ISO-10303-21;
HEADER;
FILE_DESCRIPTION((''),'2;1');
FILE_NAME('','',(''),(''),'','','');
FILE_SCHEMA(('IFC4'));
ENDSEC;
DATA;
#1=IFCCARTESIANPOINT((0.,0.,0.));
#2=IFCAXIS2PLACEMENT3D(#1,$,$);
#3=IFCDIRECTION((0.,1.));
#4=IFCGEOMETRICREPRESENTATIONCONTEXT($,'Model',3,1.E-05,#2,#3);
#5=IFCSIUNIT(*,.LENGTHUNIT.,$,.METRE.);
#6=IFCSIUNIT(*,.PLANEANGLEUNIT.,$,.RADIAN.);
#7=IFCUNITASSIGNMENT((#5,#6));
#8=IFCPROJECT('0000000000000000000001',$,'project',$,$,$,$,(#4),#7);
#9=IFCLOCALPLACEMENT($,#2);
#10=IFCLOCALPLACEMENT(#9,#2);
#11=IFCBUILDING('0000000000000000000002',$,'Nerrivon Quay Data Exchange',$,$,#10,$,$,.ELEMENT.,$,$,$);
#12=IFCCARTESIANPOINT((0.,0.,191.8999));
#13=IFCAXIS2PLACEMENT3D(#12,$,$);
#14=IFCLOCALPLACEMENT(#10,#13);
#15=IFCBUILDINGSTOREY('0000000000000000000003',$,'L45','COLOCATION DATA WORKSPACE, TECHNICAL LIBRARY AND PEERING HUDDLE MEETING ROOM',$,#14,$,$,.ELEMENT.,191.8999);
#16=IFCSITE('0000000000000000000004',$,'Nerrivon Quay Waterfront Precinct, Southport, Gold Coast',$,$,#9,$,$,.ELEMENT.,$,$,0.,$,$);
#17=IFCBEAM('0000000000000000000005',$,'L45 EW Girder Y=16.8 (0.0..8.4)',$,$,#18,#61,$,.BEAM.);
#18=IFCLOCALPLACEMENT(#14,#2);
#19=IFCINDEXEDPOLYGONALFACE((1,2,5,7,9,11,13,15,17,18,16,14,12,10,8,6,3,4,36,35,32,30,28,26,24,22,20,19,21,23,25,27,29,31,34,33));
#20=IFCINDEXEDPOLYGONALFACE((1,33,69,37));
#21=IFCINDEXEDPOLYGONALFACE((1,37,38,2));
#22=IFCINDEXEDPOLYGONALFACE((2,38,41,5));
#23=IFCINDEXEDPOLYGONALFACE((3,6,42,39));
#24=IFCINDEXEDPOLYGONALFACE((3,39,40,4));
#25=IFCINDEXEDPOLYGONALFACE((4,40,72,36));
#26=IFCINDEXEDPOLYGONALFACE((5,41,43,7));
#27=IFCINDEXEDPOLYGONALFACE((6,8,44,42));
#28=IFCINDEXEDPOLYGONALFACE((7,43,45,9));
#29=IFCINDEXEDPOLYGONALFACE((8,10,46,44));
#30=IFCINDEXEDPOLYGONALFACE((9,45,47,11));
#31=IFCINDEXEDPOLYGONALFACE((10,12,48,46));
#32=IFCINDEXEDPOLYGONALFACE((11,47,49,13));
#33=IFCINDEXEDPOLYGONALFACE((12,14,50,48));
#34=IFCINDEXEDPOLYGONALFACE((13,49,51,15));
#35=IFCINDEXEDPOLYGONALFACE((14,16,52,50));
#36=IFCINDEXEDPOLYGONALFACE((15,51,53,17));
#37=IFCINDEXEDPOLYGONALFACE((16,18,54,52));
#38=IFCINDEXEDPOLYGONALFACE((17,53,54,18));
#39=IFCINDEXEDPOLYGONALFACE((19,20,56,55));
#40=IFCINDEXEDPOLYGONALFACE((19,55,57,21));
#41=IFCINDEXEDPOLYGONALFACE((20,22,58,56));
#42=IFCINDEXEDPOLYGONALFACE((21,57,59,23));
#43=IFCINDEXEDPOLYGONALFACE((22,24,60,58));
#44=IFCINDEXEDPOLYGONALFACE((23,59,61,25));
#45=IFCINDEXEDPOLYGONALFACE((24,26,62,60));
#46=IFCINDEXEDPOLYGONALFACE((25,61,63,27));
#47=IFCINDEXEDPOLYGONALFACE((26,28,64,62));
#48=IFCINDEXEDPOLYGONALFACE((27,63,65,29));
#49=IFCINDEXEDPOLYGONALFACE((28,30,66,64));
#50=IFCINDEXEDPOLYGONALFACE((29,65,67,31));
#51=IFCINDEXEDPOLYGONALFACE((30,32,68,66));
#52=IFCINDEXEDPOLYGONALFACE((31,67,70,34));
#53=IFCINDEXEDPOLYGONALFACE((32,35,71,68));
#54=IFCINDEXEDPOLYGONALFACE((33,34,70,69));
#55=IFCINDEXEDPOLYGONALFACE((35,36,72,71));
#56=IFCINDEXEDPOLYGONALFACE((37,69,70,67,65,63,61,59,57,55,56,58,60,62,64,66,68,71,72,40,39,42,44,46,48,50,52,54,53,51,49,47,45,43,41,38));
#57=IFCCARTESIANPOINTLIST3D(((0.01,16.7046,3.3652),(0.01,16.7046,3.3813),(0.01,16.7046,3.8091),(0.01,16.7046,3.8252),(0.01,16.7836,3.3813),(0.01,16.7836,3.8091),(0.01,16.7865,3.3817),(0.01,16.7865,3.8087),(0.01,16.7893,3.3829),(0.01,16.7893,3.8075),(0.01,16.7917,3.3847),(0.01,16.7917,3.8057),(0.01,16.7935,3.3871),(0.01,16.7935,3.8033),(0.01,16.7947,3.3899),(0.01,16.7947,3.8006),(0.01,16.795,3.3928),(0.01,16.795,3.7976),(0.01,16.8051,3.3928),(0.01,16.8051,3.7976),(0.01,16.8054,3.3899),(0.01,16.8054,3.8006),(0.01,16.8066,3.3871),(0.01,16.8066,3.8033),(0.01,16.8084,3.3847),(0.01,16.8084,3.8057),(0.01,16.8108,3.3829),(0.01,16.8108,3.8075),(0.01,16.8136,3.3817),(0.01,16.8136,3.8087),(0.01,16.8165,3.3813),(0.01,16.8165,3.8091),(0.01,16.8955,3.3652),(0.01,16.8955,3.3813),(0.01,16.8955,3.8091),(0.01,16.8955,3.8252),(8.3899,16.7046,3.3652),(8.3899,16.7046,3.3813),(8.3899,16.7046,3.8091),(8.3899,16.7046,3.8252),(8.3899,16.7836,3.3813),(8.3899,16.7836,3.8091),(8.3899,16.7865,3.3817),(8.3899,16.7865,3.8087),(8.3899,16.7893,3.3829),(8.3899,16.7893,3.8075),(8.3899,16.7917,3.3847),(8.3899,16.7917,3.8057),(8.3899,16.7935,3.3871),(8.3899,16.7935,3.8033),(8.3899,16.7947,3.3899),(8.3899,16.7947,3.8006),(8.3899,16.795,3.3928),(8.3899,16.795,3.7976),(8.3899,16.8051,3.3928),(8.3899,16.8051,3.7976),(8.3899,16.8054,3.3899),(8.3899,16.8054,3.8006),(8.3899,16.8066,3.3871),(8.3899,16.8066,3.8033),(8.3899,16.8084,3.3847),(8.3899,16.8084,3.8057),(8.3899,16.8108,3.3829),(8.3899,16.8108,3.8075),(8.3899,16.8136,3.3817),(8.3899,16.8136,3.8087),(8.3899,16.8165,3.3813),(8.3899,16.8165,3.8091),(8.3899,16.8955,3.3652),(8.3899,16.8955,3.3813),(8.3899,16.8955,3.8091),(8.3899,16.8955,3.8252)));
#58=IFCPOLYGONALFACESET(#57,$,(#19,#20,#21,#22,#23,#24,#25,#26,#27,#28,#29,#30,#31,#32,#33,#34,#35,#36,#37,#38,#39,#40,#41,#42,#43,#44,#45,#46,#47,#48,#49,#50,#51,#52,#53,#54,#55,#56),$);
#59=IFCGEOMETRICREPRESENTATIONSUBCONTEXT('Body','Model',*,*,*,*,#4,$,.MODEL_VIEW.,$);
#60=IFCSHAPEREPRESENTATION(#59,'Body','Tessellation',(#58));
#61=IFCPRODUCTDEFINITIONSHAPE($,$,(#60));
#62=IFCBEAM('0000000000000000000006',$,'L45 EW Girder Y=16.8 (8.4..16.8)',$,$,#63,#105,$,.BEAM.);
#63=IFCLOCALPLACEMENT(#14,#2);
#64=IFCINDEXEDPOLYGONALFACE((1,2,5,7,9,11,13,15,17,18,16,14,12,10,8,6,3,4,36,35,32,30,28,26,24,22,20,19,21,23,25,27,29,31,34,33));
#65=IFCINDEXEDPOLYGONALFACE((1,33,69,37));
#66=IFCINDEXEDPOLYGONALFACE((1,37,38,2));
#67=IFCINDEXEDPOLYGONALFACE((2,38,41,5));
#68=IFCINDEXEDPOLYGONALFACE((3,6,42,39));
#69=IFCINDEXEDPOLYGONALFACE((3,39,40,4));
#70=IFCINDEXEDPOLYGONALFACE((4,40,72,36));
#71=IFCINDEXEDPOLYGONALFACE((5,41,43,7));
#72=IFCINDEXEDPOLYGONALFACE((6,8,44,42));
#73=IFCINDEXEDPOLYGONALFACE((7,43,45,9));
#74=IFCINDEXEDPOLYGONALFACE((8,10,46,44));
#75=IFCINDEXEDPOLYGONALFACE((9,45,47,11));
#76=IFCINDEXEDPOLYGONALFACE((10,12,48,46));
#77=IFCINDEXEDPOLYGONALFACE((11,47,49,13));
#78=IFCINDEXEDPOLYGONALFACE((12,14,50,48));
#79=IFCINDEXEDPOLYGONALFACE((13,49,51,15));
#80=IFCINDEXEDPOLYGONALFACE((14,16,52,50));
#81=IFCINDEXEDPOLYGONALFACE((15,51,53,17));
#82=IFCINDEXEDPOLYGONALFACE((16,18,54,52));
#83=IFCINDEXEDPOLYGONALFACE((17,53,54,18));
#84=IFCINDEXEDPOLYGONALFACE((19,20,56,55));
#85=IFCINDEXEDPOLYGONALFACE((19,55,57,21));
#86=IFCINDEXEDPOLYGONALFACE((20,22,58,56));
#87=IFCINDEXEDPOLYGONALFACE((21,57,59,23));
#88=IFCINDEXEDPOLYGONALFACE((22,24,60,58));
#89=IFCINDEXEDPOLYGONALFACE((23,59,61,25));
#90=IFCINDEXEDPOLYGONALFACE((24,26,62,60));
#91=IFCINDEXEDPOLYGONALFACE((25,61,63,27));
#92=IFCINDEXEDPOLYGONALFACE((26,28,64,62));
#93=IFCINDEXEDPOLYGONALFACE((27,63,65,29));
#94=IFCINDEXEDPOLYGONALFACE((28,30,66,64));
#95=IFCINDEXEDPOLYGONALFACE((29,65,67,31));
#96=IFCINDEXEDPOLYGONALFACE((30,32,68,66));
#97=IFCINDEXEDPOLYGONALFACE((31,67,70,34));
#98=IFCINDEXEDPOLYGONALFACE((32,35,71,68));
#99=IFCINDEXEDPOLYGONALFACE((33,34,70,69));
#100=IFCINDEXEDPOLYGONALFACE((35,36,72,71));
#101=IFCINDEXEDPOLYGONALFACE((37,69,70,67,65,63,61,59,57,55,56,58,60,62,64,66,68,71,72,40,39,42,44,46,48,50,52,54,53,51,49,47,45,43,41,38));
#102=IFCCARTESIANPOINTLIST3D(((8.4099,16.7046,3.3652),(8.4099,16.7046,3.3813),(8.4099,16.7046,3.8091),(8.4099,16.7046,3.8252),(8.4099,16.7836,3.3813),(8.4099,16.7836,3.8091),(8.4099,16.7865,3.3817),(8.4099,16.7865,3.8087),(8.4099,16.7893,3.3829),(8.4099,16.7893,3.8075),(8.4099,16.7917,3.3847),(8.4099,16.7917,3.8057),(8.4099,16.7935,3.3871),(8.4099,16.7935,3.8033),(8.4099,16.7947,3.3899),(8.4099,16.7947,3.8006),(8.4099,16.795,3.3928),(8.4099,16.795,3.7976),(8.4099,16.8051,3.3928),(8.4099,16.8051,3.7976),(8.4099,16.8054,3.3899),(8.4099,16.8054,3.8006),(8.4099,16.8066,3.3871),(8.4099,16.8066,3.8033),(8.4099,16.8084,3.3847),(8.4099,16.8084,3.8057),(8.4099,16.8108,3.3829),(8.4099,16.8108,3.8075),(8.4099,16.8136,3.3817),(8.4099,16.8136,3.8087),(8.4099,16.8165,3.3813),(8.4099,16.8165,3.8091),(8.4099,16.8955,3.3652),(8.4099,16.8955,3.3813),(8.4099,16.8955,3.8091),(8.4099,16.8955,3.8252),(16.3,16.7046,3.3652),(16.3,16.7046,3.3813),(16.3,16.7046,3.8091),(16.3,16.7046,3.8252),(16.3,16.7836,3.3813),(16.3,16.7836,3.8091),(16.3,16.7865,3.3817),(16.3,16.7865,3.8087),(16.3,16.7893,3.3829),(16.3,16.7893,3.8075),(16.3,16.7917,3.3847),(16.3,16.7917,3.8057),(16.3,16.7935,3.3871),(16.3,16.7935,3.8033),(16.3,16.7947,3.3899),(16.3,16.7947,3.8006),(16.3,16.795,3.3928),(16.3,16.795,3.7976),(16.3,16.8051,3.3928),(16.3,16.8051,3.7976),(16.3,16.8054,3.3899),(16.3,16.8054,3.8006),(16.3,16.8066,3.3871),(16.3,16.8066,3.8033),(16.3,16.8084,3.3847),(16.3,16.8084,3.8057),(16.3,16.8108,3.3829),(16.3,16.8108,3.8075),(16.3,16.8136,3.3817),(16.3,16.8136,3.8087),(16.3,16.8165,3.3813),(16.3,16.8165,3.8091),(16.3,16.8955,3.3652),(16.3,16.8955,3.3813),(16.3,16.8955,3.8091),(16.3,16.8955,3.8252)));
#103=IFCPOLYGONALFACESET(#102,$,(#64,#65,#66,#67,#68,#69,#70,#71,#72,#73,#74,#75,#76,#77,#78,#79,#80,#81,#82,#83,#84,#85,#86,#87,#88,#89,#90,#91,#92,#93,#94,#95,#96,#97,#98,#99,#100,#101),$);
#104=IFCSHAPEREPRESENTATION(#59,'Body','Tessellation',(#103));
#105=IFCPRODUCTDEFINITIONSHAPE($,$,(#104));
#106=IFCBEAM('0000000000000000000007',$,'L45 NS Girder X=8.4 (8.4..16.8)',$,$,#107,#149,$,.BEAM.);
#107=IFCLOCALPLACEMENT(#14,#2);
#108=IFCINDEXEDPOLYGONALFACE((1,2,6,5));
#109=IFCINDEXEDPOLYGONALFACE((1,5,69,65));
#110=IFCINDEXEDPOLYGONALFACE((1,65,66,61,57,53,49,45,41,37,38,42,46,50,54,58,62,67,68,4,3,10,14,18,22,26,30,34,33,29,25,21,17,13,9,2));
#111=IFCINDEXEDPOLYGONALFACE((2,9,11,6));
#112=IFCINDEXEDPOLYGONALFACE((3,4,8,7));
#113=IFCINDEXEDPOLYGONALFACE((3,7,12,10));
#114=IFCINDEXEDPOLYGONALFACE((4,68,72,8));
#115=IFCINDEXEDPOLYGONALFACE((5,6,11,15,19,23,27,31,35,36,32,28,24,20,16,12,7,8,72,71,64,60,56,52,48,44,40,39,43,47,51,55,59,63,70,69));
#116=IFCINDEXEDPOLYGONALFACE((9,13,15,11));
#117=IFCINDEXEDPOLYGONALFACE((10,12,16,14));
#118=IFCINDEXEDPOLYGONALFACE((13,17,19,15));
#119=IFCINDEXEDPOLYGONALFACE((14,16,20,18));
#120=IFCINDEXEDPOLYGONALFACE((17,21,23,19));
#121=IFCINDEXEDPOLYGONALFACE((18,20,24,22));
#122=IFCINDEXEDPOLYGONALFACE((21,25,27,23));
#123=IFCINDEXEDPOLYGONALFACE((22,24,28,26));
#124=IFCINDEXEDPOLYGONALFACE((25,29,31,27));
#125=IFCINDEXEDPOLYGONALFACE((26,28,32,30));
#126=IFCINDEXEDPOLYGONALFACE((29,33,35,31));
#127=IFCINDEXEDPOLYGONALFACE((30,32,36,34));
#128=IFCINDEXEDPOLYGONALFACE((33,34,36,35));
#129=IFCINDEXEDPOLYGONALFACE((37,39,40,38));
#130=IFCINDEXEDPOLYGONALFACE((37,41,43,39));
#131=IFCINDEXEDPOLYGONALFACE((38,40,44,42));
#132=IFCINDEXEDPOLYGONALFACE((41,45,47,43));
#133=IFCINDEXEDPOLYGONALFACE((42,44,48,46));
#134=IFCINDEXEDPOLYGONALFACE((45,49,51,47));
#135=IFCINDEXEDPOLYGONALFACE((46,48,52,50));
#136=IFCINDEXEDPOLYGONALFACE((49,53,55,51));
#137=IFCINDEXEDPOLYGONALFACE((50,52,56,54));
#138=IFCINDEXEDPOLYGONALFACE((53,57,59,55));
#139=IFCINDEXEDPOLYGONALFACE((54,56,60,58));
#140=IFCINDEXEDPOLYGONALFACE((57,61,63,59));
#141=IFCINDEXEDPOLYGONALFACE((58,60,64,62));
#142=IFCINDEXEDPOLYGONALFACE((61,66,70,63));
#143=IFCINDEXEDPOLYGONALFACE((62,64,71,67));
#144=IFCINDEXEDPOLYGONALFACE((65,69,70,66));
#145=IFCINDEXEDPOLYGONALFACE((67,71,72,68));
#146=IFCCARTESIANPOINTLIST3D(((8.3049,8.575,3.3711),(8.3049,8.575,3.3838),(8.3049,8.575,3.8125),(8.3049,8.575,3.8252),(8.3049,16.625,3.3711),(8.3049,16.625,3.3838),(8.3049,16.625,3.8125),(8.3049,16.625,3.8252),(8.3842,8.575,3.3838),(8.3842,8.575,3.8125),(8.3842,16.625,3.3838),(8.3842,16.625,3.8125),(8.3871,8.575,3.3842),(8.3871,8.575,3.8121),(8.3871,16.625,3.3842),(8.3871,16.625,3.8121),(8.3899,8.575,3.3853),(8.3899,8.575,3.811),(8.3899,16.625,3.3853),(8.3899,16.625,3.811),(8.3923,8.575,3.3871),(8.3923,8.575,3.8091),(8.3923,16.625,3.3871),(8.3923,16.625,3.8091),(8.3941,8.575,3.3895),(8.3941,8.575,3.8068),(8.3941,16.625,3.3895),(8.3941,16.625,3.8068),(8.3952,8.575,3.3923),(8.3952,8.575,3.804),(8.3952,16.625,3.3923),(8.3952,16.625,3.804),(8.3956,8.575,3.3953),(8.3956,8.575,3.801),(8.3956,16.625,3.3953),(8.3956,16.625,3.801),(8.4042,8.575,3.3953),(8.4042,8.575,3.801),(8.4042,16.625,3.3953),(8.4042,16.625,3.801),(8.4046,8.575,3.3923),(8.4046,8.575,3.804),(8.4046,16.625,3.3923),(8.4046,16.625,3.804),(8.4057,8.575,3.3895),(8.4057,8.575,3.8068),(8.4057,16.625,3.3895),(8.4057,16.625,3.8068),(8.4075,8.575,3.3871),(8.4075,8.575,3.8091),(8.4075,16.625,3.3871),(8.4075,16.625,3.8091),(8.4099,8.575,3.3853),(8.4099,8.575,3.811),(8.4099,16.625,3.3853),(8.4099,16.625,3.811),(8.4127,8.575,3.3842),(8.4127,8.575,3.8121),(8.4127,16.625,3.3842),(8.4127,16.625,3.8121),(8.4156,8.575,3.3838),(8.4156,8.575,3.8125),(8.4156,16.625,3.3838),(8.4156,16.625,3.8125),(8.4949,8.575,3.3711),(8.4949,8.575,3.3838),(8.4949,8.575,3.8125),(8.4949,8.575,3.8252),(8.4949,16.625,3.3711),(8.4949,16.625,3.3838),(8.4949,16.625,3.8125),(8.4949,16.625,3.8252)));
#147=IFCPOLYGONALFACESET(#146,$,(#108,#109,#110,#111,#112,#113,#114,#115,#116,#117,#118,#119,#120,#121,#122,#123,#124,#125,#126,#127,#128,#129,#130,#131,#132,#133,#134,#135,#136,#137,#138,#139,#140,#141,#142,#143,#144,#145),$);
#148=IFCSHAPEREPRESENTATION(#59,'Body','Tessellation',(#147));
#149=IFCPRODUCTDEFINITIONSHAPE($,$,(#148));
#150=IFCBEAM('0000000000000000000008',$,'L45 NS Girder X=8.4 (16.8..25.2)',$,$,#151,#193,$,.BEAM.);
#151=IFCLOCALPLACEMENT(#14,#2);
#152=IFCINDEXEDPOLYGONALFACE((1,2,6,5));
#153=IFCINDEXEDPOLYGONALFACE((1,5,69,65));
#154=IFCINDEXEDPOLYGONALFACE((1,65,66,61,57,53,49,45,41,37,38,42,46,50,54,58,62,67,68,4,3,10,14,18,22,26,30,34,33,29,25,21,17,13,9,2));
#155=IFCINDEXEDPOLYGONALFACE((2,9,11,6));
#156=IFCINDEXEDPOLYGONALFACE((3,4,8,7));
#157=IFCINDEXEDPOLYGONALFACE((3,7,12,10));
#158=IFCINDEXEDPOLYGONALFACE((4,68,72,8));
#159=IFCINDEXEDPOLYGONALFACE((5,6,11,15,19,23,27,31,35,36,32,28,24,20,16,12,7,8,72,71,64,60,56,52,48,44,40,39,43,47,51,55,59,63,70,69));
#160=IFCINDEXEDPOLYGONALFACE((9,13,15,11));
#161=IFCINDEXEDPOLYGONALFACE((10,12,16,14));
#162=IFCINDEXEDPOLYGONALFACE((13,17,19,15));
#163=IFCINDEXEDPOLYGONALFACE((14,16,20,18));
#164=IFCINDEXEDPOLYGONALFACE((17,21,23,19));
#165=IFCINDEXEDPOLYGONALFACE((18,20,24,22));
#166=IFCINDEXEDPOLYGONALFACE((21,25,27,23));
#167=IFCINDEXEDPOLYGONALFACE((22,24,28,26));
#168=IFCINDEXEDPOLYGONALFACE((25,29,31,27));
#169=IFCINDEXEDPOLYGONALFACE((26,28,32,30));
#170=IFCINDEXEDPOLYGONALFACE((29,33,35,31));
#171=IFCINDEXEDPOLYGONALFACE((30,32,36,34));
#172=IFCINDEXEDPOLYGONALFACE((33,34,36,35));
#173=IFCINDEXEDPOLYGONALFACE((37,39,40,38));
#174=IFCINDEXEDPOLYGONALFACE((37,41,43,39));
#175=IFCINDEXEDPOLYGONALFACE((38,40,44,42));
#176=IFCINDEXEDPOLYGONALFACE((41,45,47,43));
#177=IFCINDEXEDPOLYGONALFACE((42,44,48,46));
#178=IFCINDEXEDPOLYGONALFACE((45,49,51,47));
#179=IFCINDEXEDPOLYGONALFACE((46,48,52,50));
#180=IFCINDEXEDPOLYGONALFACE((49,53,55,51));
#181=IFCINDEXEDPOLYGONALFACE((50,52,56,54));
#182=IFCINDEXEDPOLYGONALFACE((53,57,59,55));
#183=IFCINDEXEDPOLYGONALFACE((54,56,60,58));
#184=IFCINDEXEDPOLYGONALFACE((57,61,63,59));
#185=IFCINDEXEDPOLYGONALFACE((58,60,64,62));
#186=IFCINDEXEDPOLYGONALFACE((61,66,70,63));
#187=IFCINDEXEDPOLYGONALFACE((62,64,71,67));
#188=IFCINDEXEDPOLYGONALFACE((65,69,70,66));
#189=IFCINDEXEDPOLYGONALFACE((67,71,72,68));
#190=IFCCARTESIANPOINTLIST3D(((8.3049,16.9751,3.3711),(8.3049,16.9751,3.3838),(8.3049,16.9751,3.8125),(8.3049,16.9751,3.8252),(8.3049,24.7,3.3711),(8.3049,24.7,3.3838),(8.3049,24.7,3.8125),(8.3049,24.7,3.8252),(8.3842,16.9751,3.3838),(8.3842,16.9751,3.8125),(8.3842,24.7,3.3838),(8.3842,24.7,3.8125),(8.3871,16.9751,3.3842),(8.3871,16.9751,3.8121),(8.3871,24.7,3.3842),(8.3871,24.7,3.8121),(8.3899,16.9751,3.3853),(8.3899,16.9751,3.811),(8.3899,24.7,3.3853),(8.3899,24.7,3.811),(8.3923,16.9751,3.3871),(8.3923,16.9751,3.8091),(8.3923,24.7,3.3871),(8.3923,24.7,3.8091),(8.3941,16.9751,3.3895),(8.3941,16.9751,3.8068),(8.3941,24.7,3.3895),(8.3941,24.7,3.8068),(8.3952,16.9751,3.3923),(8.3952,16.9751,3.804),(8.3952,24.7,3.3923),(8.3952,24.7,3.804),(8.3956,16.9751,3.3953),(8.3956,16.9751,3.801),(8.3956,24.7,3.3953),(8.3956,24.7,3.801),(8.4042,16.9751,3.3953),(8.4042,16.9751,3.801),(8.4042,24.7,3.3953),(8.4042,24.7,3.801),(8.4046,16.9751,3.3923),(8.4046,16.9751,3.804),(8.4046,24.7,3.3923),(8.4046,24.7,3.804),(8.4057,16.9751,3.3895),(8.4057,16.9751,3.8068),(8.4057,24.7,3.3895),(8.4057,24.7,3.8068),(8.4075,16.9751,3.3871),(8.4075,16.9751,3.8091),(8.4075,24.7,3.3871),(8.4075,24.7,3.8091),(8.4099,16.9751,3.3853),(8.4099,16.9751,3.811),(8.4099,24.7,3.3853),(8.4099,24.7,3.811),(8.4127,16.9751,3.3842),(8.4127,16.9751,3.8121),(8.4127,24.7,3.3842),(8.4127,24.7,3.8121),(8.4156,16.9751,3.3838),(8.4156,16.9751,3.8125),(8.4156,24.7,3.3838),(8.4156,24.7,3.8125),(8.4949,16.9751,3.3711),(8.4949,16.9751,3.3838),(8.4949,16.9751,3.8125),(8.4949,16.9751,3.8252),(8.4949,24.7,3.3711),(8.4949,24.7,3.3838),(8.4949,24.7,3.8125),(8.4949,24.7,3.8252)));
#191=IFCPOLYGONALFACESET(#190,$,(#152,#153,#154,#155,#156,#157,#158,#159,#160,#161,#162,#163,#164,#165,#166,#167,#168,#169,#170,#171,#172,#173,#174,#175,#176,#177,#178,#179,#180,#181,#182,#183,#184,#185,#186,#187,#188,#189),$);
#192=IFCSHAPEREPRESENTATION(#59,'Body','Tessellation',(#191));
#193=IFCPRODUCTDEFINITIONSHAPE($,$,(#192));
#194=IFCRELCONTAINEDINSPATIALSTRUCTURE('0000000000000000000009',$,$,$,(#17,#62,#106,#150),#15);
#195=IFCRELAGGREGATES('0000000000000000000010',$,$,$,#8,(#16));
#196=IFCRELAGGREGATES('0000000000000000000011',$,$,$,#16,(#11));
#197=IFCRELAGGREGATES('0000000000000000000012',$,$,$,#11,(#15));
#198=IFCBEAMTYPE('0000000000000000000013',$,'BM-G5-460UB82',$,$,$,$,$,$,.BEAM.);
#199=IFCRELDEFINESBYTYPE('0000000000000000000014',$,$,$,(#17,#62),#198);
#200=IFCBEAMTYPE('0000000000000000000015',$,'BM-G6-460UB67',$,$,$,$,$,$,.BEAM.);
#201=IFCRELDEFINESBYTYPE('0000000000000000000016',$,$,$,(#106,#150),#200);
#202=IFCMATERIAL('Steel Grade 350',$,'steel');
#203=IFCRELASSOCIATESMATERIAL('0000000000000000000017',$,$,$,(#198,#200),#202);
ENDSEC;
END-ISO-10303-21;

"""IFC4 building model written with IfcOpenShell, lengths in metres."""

from ifc_helpers import new_model, si_unit, direction, frame, origin, origin_2d, place, context, subcontext, project, spatial, i_section, extrude, material, material_profile, profile_set, type_object, element, save


model = new_model("IFC4")

# Units and contexts
model_context = context("Model", 3, precision=1e-05, world=origin(), true_north=direction((0.0, 1.0)))
body_context = subcontext(model_context, "Body", "Model", "MODEL_VIEW")
ifc_project = project(units=[si_unit("LENGTHUNIT", "METRE"), si_unit("PLANEANGLEUNIT", "RADIAN")], contexts=[model_context])

# Site, building, storey
site_placement = place(None, origin())
site = spatial("IfcSite", under=ifc_project, at=site_placement, Name="Nerrivon Quay Waterfront Precinct, Southport, Gold Coast", CompositionType="ELEMENT", RefElevation=0.0)
building_placement = place(site_placement, origin())
building = spatial("IfcBuilding", under=site, at=building_placement, Name="Nerrivon Quay Data Exchange", CompositionType="ELEMENT")
storey_placement = place(building_placement, frame((0.0, 0.0, 191.8999)))
storey = spatial("IfcBuildingStorey", under=building, at=storey_placement, Name="L45", Description="COLOCATION DATA WORKSPACE, TECHNICAL LIBRARY AND PEERING HUDDLE MEETING ROOM", CompositionType="ELEMENT", Elevation=191.8999)

# Shared definitions
ifc_material_1 = material(Name="Steel Grade 350", Category="steel")

# Beams
ifc_material_profile_1 = material_profile(ifc_material_1, i_section(OverallWidth=0.1909, OverallDepth=0.46, WebThickness=0.01, FlangeThickness=0.0161, FilletRadius=0.0115, at=origin_2d()), Name="460UB82.1")
ifc_profile_set_1 = profile_set([ifc_material_profile_1], Name="Steel Grade 350")
beam_type_1 = type_object("IfcBeamType", Name="BM-G5-460UB82", PredefinedType="BEAM", material=ifc_profile_set_1)
beam_1_placement = place(storey_placement, frame((0.01, 16.8, 3.5952), z_axis=(1.0, 0.0, 0.0), x_axis=(0.0, 1.0, 0.0)))
element("IfcBeam", 1, at=beam_1_placement, inside=storey, type_object=beam_type_1, Name="L45 EW Girder Y=16.8 (0.0..8.4)", PredefinedType="BEAM", context=body_context, shape_type="SweptSolid", body=[
    extrude(i_section(OverallWidth=0.1909, OverallDepth=0.46, WebThickness=0.01, FlangeThickness=0.0161, FilletRadius=0.0115, at=origin_2d()), origin(), (0.0, 0.0, 1.0), 8.3799),
])
beam_2_placement = place(storey_placement, frame((8.4099, 16.8, 3.5952), z_axis=(1.0, 0.0, 0.0), x_axis=(0.0, 1.0, 0.0)))
element("IfcBeam", 2, at=beam_2_placement, inside=storey, type_object=beam_type_1, Name="L45 EW Girder Y=16.8 (8.4..16.8)", PredefinedType="BEAM", context=body_context, shape_type="SweptSolid", body=[
    extrude(i_section(OverallWidth=0.1909, OverallDepth=0.46, WebThickness=0.01, FlangeThickness=0.0161, FilletRadius=0.0115, at=origin_2d()), origin(), (0.0, 0.0, 1.0), 7.8901),
])
ifc_material_profile_2 = material_profile(ifc_material_1, i_section(OverallWidth=0.1899, OverallDepth=0.4541, WebThickness=0.0085, FlangeThickness=0.0127, FilletRadius=0.0115, at=origin_2d()), Name="460UB67.1")
ifc_profile_set_2 = profile_set([ifc_material_profile_2], Name="Steel Grade 350")
beam_type_2 = type_object("IfcBeamType", Name="BM-G6-460UB67", PredefinedType="BEAM", material=ifc_profile_set_2)
beam_3_placement = place(storey_placement, frame((8.3999, 8.575, 3.5981), z_axis=(0.0, 1.0, 0.0), x_axis=(-1.0, 0.0, 0.0)))
element("IfcBeam", 3, at=beam_3_placement, inside=storey, type_object=beam_type_2, Name="L45 NS Girder X=8.4 (8.4..16.8)", PredefinedType="BEAM", context=body_context, shape_type="SweptSolid", body=[
    extrude(i_section(OverallWidth=0.1899, OverallDepth=0.4541, WebThickness=0.0085, FlangeThickness=0.0127, FilletRadius=0.0115, at=origin_2d()), origin(), (0.0, 0.0, 1.0), 8.05),
])
beam_4_placement = place(storey_placement, frame((8.3999, 16.9751, 3.5981), z_axis=(0.0, 1.0, 0.0), x_axis=(-1.0, 0.0, 0.0)))
element("IfcBeam", 4, at=beam_4_placement, inside=storey, type_object=beam_type_2, Name="L45 NS Girder X=8.4 (16.8..25.2)", PredefinedType="BEAM", context=body_context, shape_type="SweptSolid", body=[
    extrude(i_section(OverallWidth=0.1899, OverallDepth=0.4541, WebThickness=0.0085, FlangeThickness=0.0127, FilletRadius=0.0115, at=origin_2d()), origin(), (0.0, 0.0, 1.0), 7.7249),
])

save(model, "model.ifc")
